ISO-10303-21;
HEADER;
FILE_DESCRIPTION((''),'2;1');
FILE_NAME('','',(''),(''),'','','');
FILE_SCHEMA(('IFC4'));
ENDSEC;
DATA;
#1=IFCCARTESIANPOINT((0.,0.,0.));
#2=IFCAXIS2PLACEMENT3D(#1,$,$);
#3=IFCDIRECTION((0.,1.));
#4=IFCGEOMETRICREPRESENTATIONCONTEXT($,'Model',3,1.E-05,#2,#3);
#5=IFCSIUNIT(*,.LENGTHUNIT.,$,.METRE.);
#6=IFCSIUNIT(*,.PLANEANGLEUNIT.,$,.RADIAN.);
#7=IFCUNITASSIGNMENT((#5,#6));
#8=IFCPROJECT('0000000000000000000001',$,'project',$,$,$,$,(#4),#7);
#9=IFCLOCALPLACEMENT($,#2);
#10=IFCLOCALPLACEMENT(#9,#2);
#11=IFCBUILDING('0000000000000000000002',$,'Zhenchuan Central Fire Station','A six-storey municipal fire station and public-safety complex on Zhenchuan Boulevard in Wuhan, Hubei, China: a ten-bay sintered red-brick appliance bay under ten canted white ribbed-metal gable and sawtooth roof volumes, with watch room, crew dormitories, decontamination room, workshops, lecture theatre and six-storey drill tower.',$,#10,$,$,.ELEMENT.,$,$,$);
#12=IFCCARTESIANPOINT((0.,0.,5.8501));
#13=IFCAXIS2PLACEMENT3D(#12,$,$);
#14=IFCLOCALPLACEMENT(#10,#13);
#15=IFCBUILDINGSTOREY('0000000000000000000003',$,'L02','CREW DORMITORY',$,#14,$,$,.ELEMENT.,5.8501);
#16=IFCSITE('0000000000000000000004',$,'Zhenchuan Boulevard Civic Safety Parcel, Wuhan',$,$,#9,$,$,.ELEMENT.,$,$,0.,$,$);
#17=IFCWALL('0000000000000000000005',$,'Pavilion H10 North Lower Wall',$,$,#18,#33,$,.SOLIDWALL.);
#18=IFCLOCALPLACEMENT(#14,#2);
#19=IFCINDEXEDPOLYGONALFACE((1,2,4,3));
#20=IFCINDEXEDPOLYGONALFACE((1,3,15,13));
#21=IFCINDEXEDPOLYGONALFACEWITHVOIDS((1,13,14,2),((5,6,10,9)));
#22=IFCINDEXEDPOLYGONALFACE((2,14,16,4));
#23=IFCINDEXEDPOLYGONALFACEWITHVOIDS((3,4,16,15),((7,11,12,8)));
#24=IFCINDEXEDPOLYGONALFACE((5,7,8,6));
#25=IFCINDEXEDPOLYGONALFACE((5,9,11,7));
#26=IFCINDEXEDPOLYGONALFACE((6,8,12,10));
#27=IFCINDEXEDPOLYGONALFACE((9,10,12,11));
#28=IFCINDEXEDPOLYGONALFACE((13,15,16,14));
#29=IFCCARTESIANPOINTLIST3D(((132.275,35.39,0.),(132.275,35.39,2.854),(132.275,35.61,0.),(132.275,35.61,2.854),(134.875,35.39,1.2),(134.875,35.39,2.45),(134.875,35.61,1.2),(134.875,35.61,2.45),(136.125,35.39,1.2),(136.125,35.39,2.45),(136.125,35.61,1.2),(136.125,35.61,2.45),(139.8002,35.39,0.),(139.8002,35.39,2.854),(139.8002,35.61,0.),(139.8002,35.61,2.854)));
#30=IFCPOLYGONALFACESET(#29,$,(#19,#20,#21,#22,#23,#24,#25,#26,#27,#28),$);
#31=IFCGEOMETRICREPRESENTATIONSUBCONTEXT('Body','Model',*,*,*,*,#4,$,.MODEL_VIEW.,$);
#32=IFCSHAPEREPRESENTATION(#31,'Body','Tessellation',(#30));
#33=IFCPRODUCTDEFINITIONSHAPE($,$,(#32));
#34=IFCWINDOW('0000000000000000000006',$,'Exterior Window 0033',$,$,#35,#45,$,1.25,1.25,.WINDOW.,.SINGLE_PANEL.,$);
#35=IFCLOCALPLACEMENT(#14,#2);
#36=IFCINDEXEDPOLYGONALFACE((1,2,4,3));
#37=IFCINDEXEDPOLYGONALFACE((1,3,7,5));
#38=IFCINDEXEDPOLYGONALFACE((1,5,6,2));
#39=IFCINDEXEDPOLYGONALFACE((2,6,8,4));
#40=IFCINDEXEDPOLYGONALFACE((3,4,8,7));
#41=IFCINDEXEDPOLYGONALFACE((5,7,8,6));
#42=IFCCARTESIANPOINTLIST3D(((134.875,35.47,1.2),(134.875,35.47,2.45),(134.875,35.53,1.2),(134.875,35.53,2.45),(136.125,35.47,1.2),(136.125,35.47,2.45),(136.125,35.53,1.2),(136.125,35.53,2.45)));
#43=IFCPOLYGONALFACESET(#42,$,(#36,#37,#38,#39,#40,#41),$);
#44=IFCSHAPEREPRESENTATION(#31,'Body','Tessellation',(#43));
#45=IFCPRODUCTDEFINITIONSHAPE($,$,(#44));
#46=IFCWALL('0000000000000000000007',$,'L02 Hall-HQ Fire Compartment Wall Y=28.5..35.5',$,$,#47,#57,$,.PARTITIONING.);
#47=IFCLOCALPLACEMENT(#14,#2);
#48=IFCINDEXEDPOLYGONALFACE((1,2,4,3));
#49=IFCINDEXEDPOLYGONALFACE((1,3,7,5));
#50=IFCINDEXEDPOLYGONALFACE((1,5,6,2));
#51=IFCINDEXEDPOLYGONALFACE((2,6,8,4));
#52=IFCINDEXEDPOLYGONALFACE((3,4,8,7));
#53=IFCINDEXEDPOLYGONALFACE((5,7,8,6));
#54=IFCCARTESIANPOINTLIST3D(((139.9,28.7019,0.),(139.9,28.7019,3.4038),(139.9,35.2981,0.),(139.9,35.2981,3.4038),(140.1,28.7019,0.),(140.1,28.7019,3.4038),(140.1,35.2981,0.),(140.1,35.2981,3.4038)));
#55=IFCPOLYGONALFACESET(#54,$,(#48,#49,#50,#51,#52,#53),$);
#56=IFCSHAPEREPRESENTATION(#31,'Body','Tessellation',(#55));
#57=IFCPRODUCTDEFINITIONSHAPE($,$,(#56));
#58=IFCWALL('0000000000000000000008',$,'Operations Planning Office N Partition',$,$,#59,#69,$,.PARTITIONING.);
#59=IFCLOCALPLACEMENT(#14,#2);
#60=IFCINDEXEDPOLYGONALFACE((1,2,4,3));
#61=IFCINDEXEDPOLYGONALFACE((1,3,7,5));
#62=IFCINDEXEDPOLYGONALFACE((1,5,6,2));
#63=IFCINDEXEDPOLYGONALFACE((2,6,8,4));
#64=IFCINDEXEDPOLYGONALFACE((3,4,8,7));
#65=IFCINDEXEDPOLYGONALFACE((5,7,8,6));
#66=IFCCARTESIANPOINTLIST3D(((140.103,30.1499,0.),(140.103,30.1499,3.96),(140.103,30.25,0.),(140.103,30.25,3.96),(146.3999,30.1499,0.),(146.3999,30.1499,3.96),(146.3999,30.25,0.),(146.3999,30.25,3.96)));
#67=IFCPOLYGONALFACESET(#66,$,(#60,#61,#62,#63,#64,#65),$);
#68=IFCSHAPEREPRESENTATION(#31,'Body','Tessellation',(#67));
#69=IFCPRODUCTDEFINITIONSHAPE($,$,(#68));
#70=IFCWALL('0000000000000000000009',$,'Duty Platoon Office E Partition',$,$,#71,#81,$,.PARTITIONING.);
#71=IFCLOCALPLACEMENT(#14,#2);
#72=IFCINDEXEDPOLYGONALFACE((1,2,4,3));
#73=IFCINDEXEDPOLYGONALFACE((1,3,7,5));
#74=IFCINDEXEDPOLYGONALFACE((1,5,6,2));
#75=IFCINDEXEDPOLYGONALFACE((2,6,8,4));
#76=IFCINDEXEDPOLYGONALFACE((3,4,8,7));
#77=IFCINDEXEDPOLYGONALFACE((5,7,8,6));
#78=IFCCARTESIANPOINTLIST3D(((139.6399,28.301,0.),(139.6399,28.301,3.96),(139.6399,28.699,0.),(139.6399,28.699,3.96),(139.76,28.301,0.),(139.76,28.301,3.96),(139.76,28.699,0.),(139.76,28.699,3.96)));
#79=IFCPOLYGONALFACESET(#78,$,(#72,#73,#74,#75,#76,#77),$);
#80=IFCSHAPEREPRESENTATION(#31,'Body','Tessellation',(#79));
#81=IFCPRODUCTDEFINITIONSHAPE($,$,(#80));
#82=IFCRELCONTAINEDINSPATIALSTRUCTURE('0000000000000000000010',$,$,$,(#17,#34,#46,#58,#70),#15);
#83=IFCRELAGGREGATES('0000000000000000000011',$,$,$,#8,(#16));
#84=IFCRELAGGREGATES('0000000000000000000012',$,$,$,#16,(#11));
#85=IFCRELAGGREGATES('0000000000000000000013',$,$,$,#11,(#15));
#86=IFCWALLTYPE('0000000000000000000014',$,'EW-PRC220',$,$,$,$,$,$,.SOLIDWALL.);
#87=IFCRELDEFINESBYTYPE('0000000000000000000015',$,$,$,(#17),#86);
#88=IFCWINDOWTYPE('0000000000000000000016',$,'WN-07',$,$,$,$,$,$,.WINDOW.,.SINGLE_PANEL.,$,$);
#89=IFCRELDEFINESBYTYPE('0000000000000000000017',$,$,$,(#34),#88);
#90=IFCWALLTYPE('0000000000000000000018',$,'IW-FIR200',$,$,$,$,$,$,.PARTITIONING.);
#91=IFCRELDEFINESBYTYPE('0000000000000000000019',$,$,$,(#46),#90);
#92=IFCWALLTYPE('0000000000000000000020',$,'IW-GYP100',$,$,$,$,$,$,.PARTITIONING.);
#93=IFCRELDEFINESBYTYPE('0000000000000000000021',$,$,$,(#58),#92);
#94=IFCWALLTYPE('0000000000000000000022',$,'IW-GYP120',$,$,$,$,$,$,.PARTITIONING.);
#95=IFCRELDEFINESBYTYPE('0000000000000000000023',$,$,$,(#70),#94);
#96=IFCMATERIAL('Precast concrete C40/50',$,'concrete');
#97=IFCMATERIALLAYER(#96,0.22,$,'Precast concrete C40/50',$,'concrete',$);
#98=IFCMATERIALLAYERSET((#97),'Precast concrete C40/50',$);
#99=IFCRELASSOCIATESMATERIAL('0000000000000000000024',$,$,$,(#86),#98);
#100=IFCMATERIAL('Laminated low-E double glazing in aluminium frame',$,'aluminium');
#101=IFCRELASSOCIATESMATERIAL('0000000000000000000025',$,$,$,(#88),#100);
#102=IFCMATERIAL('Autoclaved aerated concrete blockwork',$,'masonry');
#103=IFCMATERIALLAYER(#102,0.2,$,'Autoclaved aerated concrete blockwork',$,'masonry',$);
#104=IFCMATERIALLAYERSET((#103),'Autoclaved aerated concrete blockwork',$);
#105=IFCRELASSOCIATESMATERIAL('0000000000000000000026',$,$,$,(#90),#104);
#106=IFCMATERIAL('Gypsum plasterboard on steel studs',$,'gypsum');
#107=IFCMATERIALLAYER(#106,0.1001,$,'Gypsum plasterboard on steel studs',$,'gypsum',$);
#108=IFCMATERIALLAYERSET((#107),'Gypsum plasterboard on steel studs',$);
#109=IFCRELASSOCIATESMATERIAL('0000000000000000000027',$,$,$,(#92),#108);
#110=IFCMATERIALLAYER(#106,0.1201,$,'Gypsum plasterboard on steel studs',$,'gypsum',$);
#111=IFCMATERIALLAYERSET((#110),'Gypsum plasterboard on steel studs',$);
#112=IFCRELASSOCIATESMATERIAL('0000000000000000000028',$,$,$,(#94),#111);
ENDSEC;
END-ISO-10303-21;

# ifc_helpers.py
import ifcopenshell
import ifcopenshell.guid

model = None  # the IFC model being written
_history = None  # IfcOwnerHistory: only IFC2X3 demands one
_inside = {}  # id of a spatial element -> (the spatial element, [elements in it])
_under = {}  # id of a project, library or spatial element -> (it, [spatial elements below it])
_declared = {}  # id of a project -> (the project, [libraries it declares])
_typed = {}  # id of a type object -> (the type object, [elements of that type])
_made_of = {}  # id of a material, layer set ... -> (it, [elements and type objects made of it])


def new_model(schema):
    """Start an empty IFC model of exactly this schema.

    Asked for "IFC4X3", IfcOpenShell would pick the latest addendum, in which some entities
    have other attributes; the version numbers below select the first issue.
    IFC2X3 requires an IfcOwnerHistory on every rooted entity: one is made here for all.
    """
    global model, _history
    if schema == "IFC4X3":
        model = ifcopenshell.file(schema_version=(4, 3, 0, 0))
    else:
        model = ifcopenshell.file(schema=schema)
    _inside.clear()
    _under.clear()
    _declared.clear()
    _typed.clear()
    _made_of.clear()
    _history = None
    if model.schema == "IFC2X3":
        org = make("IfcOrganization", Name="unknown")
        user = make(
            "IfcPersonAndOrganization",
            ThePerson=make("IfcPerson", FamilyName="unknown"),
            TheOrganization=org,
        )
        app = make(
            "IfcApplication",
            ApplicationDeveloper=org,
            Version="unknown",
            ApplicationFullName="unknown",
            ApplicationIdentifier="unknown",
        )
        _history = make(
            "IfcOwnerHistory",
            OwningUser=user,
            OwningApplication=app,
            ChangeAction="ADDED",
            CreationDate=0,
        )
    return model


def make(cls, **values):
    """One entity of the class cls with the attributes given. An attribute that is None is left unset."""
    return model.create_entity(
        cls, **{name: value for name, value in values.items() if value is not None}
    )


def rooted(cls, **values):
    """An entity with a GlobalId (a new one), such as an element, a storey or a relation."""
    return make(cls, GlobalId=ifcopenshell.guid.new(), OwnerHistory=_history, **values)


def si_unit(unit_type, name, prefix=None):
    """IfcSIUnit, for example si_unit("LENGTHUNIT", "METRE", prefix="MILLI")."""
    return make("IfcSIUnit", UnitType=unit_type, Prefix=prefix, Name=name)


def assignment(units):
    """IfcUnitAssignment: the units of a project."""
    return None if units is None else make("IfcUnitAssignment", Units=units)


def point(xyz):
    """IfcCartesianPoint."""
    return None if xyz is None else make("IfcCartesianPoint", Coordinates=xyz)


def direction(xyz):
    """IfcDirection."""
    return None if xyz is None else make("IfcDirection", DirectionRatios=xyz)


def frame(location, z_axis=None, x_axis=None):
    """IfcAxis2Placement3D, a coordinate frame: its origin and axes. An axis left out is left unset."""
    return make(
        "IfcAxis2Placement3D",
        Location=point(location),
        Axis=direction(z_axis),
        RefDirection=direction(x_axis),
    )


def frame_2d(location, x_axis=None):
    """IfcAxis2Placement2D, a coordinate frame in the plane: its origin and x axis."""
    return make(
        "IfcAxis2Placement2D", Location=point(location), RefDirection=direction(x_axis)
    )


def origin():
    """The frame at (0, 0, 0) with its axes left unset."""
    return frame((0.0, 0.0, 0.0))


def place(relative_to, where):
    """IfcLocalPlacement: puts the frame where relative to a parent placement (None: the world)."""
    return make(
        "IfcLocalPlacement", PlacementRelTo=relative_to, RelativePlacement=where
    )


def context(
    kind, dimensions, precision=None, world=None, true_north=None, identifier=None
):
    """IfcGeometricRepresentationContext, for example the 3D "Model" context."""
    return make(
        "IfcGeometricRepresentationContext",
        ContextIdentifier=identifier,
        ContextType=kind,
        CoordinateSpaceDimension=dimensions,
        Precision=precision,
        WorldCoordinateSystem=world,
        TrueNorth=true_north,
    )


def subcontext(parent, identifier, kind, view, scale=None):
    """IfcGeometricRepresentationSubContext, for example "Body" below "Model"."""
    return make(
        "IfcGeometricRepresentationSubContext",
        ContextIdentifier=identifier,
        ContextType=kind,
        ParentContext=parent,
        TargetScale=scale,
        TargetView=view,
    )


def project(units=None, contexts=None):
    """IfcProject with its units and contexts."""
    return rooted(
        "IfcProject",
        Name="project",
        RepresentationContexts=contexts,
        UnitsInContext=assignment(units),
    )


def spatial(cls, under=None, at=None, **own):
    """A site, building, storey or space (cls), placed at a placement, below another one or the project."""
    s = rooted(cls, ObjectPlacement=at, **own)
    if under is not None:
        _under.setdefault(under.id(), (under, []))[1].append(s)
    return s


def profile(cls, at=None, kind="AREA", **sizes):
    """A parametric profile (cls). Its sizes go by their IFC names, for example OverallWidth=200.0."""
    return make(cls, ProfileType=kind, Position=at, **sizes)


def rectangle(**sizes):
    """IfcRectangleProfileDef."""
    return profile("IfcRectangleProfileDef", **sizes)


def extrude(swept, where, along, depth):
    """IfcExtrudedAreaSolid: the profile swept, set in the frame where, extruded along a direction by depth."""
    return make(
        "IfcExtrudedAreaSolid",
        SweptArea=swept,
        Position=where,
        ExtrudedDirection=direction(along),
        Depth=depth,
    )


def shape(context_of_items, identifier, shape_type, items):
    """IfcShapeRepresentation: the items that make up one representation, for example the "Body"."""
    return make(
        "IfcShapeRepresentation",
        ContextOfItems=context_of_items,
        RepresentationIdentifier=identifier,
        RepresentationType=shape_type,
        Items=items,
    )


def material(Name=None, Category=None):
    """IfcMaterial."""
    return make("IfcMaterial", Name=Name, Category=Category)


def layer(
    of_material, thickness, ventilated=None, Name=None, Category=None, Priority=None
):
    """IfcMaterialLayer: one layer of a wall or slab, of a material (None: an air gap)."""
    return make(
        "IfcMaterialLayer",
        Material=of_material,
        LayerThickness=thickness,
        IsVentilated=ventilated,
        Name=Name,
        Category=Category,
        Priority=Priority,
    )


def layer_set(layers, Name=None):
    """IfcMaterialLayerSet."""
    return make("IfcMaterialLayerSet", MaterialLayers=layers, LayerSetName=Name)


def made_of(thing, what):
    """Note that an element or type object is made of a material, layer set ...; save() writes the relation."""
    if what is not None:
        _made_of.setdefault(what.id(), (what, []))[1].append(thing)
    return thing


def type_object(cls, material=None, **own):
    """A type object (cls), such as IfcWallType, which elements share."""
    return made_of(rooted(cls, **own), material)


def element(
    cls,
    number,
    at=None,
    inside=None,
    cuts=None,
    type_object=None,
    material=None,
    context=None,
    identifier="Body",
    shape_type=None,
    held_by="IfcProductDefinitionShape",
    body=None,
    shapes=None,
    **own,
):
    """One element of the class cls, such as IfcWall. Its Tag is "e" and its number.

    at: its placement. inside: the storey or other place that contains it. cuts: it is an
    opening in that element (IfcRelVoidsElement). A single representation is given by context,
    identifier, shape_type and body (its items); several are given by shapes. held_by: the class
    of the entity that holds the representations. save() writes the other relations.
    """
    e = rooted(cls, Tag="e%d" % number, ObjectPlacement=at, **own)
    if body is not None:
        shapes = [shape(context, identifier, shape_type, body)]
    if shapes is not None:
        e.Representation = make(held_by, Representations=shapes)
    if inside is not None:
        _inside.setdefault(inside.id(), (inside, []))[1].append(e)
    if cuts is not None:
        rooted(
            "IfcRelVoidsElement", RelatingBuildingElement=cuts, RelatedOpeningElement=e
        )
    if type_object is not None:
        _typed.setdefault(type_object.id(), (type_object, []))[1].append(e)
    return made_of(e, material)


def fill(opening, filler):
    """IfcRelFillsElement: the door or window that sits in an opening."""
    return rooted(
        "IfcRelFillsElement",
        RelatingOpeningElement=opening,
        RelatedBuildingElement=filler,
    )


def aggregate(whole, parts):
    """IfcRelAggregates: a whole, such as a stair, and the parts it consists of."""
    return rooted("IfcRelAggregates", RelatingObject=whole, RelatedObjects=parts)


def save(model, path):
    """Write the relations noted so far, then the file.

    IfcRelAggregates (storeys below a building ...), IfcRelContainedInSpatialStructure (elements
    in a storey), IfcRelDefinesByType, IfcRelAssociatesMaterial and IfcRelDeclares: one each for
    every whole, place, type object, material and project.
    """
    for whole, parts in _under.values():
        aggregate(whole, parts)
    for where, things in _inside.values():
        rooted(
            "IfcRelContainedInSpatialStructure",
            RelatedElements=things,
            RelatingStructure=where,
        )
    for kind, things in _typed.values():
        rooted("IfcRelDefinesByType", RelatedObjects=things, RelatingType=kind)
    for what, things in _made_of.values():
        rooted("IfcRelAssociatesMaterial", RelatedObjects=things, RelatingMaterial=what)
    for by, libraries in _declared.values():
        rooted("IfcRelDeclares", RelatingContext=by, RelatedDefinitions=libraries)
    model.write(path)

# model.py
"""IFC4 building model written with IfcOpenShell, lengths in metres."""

from ifc_helpers import new_model, si_unit, direction, frame, frame_2d, origin, place, context, subcontext, project, spatial, rectangle, extrude, material, layer, layer_set, type_object, element, fill, save


model = new_model("IFC4")

# Units and contexts
model_context = context("Model", 3, precision=1e-05, world=origin(), true_north=direction((0.0, 1.0)))
body_context = subcontext(model_context, "Body", "Model", "MODEL_VIEW")
ifc_project = project(units=[si_unit("LENGTHUNIT", "METRE"), si_unit("PLANEANGLEUNIT", "RADIAN")], contexts=[model_context])

# Site, building, storey
site_placement = place(None, origin())
site = spatial("IfcSite", under=ifc_project, at=site_placement, Name="Zhenchuan Boulevard Civic Safety Parcel, Wuhan", CompositionType="ELEMENT", RefElevation=0.0)
building_placement = place(site_placement, origin())
building = spatial("IfcBuilding", under=site, at=building_placement, Name="Zhenchuan Central Fire Station", Description="A six-storey municipal fire station and public-safety complex on Zhenchuan Boulevard in Wuhan, Hubei, China: a ten-bay sintered red-brick appliance bay under ten canted white ribbed-metal gable and sawtooth roof volumes, with watch room, crew dormitories, decontamination room, workshops, lecture theatre and six-storey drill tower.", CompositionType="ELEMENT")
storey_placement = place(building_placement, frame((0.0, 0.0, 5.8501)))
storey = spatial("IfcBuildingStorey", under=building, at=storey_placement, Name="L02", Description="CREW DORMITORY", CompositionType="ELEMENT", Elevation=5.8501)

# Wall, opening, window
ifc_material_1 = material(Name="Precast concrete C40/50", Category="concrete")
ifc_layer_1 = layer(ifc_material_1, 0.22, Name="Precast concrete C40/50", Category="concrete")
ifc_layer_set_1 = layer_set([ifc_layer_1], Name="Precast concrete C40/50")
wall_type_1 = type_object("IfcWallType", Name="EW-PRC220", PredefinedType="SOLIDWALL", material=ifc_layer_set_1)
wall_1_placement = place(storey_placement, frame((132.2749, 35.5, 0.0), z_axis=(0.0, 0.0, 1.0), x_axis=(1.0, 0.0, 0.0)))
wall_1 = element("IfcWall", 1, at=wall_1_placement, inside=storey, type_object=wall_type_1, Name="Pavilion H10 North Lower Wall", PredefinedType="SOLIDWALL", context=body_context, shape_type="SweptSolid", body=[
    extrude(rectangle(XDim=7.5251, YDim=0.22, at=frame_2d((3.7627, 0.0))), origin(), (0.0, 0.0, 1.0), 2.854),
])
opening_placement = place(wall_1_placement, frame((2.6001, 0.0, 1.2)))
opening = element("IfcOpeningElement", 2, at=opening_placement, cuts=wall_1, PredefinedType="OPENING", context=body_context, shape_type="SweptSolid", body=[
    extrude(rectangle(XDim=1.25, YDim=1.25, at=frame_2d((0.625, 0.625))), frame((0.0, 0.1199, 0.0), z_axis=(0.0, -1.0, 0.0), x_axis=(1.0, 0.0, 0.0)), (0.0, 0.0, 1.0), 0.24),
])
ifc_material_2 = material(Name="Laminated low-E double glazing in aluminium frame", Category="aluminium")
window_type = type_object("IfcWindowType", Name="WN-07", PartitioningType="SINGLE_PANEL", PredefinedType="WINDOW", material=ifc_material_2)
window_placement = place(opening_placement, origin())
window = element("IfcWindow", 3, at=window_placement, inside=storey, type_object=window_type, Name="Exterior Window 0033", OverallHeight=1.25, OverallWidth=1.25, PartitioningType="SINGLE_PANEL", PredefinedType="WINDOW", context=body_context, shape_type="SweptSolid", body=[
    extrude(rectangle(XDim=1.25, YDim=1.25, at=frame_2d((0.625, 0.625))), frame((0.0, 0.03, 0.0), z_axis=(0.0, -1.0, 0.0), x_axis=(1.0, 0.0, 0.0)), (0.0, 0.0, 1.0), 0.0601),
])
fill(opening, window)

# Walls
ifc_material_3 = material(Name="Autoclaved aerated concrete blockwork", Category="masonry")
ifc_layer_2 = layer(ifc_material_3, 0.2, Name="Autoclaved aerated concrete blockwork", Category="masonry")
ifc_layer_set_2 = layer_set([ifc_layer_2], Name="Autoclaved aerated concrete blockwork")
wall_type_2 = type_object("IfcWallType", Name="IW-FIR200", PredefinedType="PARTITIONING", material=ifc_layer_set_2)
wall_2_placement = place(storey_placement, frame((140.0, 28.7019, 0.0), z_axis=(0.0, 0.0, 1.0), x_axis=(0.0, 1.0, 0.0)))
element("IfcWall", 4, at=wall_2_placement, inside=storey, type_object=wall_type_2, Name="L02 Hall-HQ Fire Compartment Wall Y=28.5..35.5", PredefinedType="PARTITIONING", context=body_context, shape_type="SweptSolid", body=[
    extrude(rectangle(XDim=6.5962, YDim=0.2, at=frame_2d((3.2981, 0.0))), origin(), (0.0, 0.0, 1.0), 3.4038),
])
ifc_material_4 = material(Name="Gypsum plasterboard on steel studs", Category="gypsum")
ifc_layer_3 = layer(ifc_material_4, 0.1001, Name="Gypsum plasterboard on steel studs", Category="gypsum")
ifc_layer_set_3 = layer_set([ifc_layer_3], Name="Gypsum plasterboard on steel studs")
wall_type_3 = type_object("IfcWallType", Name="IW-GYP100", PredefinedType="PARTITIONING", material=ifc_layer_set_3)
wall_3_placement = place(storey_placement, frame((140.103, 30.2, 0.0), z_axis=(0.0, 0.0, 1.0), x_axis=(1.0, 0.0, 0.0)))
element("IfcWall", 5, at=wall_3_placement, inside=storey, type_object=wall_type_3, Name="Operations Planning Office N Partition", PredefinedType="PARTITIONING", context=body_context, shape_type="SweptSolid", body=[
    extrude(rectangle(XDim=6.2969, YDim=0.1001, at=frame_2d((3.1484, 0.0))), origin(), (0.0, 0.0, 1.0), 3.96),
])
ifc_layer_4 = layer(ifc_material_4, 0.1201, Name="Gypsum plasterboard on steel studs", Category="gypsum")
ifc_layer_set_4 = layer_set([ifc_layer_4], Name="Gypsum plasterboard on steel studs")
wall_type_4 = type_object("IfcWallType", Name="IW-GYP120", PredefinedType="PARTITIONING", material=ifc_layer_set_4)
wall_4_placement = place(storey_placement, frame((139.7, 28.301, 0.0), z_axis=(0.0, 0.0, 1.0), x_axis=(0.0, 1.0, 0.0)))
element("IfcWall", 6, at=wall_4_placement, inside=storey, type_object=wall_type_4, Name="Duty Platoon Office E Partition", PredefinedType="PARTITIONING", context=body_context, shape_type="SweptSolid", body=[
    extrude(rectangle(XDim=0.3979, YDim=0.1201, at=frame_2d((0.199, 0.0))), origin(), (0.0, 0.0, 1.0), 3.96),
])

save(model, "model.ifc")
